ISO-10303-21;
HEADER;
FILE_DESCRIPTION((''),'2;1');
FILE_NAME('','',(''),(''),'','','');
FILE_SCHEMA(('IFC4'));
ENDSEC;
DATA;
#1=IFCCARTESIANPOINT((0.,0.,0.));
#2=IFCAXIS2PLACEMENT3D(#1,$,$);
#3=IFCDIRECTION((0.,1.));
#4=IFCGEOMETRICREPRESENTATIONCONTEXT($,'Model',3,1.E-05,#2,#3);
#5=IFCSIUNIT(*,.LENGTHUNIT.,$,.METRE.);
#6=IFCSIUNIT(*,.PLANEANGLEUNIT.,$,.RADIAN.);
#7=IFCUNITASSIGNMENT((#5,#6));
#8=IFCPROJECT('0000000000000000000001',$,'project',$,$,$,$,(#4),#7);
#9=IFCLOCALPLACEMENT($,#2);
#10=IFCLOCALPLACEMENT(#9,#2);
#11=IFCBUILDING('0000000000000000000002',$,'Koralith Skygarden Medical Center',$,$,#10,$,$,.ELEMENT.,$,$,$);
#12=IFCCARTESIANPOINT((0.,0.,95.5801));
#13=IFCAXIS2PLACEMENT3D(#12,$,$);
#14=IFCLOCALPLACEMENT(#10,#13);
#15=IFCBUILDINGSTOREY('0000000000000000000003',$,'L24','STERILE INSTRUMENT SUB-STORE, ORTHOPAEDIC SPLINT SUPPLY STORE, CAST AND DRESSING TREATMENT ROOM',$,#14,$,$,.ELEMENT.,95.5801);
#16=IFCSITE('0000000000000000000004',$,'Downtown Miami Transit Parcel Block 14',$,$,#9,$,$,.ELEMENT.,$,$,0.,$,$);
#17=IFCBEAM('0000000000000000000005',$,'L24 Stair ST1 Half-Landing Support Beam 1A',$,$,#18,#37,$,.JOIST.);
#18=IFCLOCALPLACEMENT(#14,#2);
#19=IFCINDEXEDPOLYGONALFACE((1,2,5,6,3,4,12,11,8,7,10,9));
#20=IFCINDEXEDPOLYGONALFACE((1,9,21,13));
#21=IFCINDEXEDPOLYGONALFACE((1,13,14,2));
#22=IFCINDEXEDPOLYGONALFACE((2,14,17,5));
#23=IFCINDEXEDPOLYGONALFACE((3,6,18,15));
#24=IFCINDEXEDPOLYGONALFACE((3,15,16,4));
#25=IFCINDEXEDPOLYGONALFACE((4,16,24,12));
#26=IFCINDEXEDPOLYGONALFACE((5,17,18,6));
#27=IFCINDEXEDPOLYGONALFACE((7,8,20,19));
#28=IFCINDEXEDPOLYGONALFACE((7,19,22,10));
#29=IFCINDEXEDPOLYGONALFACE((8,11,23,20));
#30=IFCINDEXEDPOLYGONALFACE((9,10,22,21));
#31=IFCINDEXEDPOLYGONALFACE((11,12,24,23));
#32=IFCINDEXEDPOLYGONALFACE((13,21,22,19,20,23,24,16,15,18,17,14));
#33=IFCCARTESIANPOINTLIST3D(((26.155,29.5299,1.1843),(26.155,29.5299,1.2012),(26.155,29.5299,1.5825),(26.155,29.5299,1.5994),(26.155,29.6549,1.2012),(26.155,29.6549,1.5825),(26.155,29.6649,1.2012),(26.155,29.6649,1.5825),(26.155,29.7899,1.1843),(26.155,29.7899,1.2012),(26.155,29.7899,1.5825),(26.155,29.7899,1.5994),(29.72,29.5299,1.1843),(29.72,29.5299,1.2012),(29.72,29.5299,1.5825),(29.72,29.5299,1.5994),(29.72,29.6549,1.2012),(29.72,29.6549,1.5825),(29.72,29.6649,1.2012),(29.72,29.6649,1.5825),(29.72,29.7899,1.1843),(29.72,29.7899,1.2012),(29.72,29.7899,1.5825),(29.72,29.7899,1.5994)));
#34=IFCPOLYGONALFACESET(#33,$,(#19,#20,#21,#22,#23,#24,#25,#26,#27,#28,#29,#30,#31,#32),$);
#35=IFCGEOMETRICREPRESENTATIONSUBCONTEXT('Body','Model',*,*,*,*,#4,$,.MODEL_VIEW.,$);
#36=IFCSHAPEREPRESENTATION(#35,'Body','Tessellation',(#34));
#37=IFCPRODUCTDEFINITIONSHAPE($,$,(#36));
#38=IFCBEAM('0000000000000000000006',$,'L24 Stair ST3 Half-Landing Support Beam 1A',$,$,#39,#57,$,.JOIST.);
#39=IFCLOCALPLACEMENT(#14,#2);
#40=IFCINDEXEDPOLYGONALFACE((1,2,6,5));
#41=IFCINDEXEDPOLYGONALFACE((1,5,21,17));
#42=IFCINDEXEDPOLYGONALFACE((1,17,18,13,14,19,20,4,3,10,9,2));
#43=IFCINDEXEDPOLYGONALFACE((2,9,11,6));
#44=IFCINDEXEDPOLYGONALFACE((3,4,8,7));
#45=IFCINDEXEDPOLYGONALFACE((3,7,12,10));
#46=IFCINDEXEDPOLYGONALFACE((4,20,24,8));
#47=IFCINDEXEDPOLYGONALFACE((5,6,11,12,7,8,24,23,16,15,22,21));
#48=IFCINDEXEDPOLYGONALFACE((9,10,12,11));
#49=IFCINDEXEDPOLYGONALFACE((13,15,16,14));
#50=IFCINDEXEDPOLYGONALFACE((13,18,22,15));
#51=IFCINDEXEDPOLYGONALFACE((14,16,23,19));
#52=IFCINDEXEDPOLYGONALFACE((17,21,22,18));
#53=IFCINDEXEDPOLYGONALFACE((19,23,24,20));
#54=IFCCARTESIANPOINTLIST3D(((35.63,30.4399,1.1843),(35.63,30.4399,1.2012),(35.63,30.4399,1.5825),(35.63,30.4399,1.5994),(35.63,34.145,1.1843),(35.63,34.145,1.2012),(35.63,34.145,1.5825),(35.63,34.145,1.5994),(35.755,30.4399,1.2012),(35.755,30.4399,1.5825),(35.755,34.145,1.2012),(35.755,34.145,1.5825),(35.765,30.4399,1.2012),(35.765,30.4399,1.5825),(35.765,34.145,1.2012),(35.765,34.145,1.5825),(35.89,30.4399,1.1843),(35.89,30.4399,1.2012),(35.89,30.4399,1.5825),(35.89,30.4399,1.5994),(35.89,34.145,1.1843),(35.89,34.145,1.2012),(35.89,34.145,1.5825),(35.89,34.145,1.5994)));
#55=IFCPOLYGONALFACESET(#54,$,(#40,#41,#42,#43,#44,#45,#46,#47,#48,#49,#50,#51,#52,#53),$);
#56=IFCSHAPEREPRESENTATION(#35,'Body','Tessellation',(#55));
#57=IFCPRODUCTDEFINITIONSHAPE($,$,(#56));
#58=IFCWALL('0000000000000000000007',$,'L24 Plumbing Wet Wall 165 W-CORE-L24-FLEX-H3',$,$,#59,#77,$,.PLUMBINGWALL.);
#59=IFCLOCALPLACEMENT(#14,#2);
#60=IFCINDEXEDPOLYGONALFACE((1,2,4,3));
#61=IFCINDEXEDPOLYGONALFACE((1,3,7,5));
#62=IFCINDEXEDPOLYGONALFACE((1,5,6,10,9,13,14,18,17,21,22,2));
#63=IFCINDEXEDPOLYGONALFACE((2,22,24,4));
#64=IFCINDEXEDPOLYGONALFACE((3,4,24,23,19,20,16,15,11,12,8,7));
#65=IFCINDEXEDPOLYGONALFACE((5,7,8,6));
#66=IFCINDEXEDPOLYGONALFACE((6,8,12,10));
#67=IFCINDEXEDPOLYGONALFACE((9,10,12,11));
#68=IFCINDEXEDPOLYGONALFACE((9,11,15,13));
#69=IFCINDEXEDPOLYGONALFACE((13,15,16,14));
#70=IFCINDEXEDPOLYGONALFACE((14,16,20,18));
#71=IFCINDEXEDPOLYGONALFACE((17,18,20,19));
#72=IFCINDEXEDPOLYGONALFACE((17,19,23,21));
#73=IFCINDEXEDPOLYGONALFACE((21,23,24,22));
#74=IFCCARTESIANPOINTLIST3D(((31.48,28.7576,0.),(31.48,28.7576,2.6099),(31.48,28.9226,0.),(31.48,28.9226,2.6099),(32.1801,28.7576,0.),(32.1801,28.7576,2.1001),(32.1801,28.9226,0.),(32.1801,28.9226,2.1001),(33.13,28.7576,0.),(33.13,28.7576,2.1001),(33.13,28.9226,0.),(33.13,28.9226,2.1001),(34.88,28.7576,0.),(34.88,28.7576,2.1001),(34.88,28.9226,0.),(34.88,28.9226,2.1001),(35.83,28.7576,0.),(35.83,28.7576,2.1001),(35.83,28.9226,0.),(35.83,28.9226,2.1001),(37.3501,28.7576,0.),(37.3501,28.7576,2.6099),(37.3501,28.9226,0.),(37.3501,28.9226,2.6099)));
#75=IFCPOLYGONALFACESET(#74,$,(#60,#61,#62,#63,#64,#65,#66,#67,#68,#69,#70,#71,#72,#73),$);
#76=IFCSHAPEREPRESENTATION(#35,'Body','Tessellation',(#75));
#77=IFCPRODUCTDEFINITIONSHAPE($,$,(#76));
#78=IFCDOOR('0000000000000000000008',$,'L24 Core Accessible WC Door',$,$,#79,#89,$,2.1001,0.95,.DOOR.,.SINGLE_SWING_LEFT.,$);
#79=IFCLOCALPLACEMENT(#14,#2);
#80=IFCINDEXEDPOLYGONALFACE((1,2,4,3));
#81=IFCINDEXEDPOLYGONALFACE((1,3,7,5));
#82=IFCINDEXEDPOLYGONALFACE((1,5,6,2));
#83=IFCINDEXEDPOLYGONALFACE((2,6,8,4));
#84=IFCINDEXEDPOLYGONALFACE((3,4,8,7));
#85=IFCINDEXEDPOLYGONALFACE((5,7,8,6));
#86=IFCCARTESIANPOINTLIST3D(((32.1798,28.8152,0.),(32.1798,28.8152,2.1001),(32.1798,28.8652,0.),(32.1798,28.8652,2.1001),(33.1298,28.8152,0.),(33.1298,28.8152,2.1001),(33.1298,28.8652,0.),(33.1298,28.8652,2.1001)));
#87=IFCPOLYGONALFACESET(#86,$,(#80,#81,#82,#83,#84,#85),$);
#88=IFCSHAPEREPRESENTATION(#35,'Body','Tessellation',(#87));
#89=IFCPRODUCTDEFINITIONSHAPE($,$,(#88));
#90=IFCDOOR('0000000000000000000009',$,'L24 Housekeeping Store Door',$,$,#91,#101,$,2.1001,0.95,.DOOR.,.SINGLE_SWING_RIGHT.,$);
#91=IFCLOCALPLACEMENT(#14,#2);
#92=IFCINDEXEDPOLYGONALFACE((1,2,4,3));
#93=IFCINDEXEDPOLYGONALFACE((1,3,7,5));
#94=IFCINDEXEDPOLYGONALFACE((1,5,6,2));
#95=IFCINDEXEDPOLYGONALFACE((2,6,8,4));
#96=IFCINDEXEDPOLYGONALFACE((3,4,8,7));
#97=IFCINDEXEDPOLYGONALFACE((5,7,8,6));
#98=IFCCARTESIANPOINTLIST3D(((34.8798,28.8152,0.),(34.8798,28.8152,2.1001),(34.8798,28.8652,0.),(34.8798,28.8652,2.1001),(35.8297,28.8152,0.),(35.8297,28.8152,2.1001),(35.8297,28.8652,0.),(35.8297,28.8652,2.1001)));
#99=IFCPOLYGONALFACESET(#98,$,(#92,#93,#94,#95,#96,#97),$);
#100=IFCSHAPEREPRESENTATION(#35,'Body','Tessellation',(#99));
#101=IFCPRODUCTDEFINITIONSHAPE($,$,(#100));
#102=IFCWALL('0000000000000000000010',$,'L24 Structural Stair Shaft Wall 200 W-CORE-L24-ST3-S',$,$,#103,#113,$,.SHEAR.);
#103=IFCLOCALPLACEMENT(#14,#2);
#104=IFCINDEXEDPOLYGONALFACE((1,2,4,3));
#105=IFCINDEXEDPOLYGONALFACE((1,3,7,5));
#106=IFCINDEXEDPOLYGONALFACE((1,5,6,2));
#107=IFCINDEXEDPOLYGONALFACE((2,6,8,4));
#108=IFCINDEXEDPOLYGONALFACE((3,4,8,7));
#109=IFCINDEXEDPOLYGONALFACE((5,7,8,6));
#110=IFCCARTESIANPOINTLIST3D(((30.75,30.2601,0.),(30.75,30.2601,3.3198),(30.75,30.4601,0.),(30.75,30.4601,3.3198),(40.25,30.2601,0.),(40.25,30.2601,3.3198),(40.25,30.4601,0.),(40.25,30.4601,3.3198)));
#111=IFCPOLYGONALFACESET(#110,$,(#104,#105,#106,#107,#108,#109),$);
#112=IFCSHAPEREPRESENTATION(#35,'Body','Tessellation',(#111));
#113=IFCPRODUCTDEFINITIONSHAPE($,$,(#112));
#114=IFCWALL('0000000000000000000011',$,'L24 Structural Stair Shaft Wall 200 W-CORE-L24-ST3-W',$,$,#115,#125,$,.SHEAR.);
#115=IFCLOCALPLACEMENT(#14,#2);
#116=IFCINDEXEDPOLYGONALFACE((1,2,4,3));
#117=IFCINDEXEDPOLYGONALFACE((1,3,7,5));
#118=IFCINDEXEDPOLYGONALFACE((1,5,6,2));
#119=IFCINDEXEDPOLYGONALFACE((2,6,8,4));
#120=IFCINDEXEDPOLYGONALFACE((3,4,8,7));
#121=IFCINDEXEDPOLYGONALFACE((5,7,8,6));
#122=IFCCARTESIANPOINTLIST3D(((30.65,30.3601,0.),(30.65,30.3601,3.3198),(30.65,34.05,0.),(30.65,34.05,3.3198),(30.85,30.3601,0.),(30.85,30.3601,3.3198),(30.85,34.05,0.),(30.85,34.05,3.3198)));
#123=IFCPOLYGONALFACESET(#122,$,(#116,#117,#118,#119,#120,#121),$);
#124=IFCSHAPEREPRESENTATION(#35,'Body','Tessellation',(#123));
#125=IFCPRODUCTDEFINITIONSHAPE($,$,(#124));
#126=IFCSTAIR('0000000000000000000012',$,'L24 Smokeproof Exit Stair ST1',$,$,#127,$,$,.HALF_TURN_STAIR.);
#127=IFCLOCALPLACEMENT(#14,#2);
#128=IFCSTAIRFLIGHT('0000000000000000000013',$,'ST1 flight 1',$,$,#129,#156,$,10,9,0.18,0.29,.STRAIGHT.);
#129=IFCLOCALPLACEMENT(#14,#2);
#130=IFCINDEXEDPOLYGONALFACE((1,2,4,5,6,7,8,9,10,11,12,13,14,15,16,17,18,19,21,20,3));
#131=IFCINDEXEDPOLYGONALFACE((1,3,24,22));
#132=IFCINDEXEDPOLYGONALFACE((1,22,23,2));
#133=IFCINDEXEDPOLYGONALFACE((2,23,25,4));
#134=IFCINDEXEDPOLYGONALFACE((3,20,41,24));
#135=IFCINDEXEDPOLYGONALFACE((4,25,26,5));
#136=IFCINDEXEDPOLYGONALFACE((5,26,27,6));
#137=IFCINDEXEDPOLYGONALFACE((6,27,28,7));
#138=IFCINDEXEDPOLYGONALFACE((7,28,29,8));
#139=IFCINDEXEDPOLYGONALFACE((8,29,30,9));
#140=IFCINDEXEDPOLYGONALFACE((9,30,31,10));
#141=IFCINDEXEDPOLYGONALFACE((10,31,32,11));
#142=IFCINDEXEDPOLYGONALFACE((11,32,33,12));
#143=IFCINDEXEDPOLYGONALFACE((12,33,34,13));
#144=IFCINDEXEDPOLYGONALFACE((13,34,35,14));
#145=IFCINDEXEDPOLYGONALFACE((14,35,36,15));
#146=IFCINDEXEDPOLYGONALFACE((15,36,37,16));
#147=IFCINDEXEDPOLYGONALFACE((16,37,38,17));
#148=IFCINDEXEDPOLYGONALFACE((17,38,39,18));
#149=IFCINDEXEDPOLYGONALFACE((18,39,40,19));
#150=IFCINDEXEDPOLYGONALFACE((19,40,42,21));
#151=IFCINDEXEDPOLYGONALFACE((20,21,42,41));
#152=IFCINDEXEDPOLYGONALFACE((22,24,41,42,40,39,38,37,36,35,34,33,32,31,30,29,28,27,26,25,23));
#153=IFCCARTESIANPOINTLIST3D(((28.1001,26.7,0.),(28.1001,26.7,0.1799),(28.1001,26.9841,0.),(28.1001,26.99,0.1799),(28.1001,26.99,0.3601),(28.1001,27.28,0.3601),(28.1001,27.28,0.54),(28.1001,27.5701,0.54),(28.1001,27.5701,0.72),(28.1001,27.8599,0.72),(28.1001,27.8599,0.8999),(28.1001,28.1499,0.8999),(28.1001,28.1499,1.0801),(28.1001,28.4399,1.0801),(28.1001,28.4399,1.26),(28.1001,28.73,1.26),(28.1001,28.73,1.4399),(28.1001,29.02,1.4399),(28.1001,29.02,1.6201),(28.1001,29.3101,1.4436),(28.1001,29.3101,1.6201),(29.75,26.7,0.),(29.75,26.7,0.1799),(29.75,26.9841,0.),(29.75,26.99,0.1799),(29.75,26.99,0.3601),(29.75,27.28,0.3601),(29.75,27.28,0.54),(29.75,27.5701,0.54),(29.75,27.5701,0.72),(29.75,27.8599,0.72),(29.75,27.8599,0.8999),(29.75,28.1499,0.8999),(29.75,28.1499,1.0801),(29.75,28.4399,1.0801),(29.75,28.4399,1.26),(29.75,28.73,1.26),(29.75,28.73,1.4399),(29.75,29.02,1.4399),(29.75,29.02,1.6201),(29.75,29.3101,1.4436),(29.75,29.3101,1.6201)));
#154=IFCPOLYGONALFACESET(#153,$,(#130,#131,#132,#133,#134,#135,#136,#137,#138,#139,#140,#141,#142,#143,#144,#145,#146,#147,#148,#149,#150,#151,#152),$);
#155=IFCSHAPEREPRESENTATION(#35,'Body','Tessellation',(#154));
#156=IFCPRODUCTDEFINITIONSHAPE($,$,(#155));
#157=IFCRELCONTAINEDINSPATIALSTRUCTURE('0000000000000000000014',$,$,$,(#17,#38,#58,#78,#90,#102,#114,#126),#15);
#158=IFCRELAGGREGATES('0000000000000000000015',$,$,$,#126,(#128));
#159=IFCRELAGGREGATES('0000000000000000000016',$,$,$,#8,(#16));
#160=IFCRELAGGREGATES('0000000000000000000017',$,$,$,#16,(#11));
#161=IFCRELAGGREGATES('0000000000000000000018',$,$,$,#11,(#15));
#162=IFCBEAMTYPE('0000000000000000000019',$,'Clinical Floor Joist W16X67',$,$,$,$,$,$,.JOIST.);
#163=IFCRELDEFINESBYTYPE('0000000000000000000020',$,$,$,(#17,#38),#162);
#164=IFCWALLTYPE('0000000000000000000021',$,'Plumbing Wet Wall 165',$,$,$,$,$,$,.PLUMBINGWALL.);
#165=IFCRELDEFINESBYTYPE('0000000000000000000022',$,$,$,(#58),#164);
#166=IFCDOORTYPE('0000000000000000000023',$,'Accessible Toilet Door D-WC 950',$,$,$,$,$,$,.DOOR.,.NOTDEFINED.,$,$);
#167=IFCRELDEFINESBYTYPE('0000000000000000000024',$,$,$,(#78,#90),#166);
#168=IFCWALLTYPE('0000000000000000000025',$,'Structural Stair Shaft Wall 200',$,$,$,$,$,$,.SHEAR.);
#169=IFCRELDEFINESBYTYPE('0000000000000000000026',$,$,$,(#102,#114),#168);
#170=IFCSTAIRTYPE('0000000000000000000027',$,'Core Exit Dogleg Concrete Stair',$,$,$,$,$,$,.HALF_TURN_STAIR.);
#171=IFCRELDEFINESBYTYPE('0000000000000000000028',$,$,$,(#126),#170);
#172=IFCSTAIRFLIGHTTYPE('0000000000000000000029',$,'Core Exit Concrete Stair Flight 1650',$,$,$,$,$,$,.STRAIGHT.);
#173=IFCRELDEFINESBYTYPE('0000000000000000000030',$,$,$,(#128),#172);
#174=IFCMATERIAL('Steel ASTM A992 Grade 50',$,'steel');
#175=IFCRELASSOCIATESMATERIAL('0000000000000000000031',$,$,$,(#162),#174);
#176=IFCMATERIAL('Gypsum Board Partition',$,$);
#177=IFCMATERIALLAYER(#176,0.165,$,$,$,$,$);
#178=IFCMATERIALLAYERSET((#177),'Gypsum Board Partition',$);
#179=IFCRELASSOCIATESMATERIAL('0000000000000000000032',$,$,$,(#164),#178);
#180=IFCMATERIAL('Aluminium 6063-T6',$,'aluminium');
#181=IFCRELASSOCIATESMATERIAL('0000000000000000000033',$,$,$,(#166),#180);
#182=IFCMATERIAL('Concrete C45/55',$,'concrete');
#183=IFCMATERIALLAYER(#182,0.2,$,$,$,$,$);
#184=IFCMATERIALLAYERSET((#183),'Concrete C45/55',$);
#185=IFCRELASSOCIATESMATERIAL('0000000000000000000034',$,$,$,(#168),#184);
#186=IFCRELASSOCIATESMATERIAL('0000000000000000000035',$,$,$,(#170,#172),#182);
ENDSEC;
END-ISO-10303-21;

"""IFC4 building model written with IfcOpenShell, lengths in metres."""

from ifc_helpers import new_model, si_unit, direction, frame, frame_2d, origin, origin_2d, place, context, subcontext, project, spatial, polyline, rectangle, i_section, outline, extrude, material, layer, layer_set, material_profile, profile_set, type_object, element, fill, aggregate, save


model = new_model("IFC4")

# Units and contexts
model_context = context("Model", 3, precision=1e-05, world=origin(), true_north=direction((0.0, 1.0)))
body_context = subcontext(model_context, "Body", "Model", "MODEL_VIEW")
ifc_project = project(units=[si_unit("LENGTHUNIT", "METRE"), si_unit("PLANEANGLEUNIT", "RADIAN")], contexts=[model_context])

# Site, building, storey
site_placement = place(None, origin())
site = spatial("IfcSite", under=ifc_project, at=site_placement, Name="Downtown Miami Transit Parcel Block 14", CompositionType="ELEMENT", RefElevation=0.0)
building_placement = place(site_placement, origin())
building = spatial("IfcBuilding", under=site, at=building_placement, Name="Koralith Skygarden Medical Center", CompositionType="ELEMENT")
storey_placement = place(building_placement, frame((0.0, 0.0, 95.5801)))
storey = spatial("IfcBuildingStorey", under=building, at=storey_placement, Name="L24", Description="STERILE INSTRUMENT SUB-STORE, ORTHOPAEDIC SPLINT SUPPLY STORE, CAST AND DRESSING TREATMENT ROOM", CompositionType="ELEMENT", Elevation=95.5801)

# Beams
ifc_material_1 = material(Name="Steel ASTM A992 Grade 50", Category="steel")
ifc_material_profile = material_profile(ifc_material_1, i_section(OverallWidth=0.26, OverallDepth=0.415, WebThickness=0.01, FlangeThickness=0.0168, at=origin_2d()), Name="W16X67")
ifc_profile_set = profile_set([ifc_material_profile], Name="Steel ASTM A992 Grade 50")
beam_type = type_object("IfcBeamType", Name="Clinical Floor Joist W16X67", PredefinedType="JOIST", material=ifc_profile_set)
beam_1_placement = place(storey_placement, frame((26.155, 29.6599, 1.3918), z_axis=(1.0, 0.0, 0.0), x_axis=(0.0, 1.0, 0.0)))
element("IfcBeam", 1, at=beam_1_placement, inside=storey, type_object=beam_type, Name="L24 Stair ST1 Half-Landing Support Beam 1A", PredefinedType="JOIST", context=body_context, shape_type="SweptSolid", body=[
    extrude(i_section(OverallWidth=0.26, OverallDepth=0.415, WebThickness=0.01, FlangeThickness=0.0168, at=origin_2d()), origin(), (0.0, 0.0, 1.0), 3.5649),
])
beam_2_placement = place(storey_placement, frame((35.76, 30.4399, 1.3918), z_axis=(0.0, 1.0, 0.0), x_axis=(-1.0, 0.0, 0.0)))
element("IfcBeam", 2, at=beam_2_placement, inside=storey, type_object=beam_type, Name="L24 Stair ST3 Half-Landing Support Beam 1A", PredefinedType="JOIST", context=body_context, shape_type="SweptSolid", body=[
    extrude(i_section(OverallWidth=0.26, OverallDepth=0.415, WebThickness=0.01, FlangeThickness=0.0168, at=origin_2d()), origin(), (0.0, 0.0, 1.0), 3.7051),
])

# Wall, openings, doors
ifc_material_2 = material(Name="Gypsum Board Partition")
ifc_layer_1 = layer(ifc_material_2, 0.165)
ifc_layer_set_1 = layer_set([ifc_layer_1], Name="Gypsum Board Partition")
wall_type_1 = type_object("IfcWallType", Name="Plumbing Wet Wall 165", PredefinedType="PLUMBINGWALL", material=ifc_layer_set_1)
wall_1_placement = place(storey_placement, frame((31.48, 28.8401, 0.0), z_axis=(0.0, 0.0, 1.0), x_axis=(1.0, 0.0, 0.0)))
wall_1 = element("IfcWall", 3, at=wall_1_placement, inside=storey, type_object=wall_type_1, Name="L24 Plumbing Wet Wall 165 W-CORE-L24-FLEX-H3", PredefinedType="PLUMBINGWALL", context=body_context, shape_type="SweptSolid", body=[
    extrude(rectangle(XDim=5.8701, YDim=0.165, at=frame_2d((2.9351, 0.0))), origin(), (0.0, 0.0, 1.0), 2.6099),
])
opening_1_placement = place(wall_1_placement, frame((0.7, 0.0, 0.0)))
opening_1 = element("IfcOpeningElement", 4, at=opening_1_placement, cuts=wall_1, PredefinedType="OPENING", context=body_context, shape_type="SweptSolid", body=[
    extrude(rectangle(XDim=0.95, YDim=2.1001, at=frame_2d((0.4751, 1.05))), frame((0.0, 0.0925, 0.0), z_axis=(0.0, -1.0, 0.0), x_axis=(1.0, 0.0, 0.0)), (0.0, 0.0, 1.0), 0.1851),
])
opening_2_placement = place(wall_1_placement, frame((3.3999, 0.0, 0.0)))
opening_2 = element("IfcOpeningElement", 5, at=opening_2_placement, cuts=wall_1, PredefinedType="OPENING", context=body_context, shape_type="SweptSolid", body=[
    extrude(rectangle(XDim=0.95, YDim=2.1001, at=frame_2d((0.4751, 1.05))), frame((0.0, 0.0925, 0.0), z_axis=(0.0, -1.0, 0.0), x_axis=(1.0, 0.0, 0.0)), (0.0, 0.0, 1.0), 0.1851),
])
ifc_material_3 = material(Name="Aluminium 6063-T6", Category="aluminium")
door_type = type_object("IfcDoorType", Name="Accessible Toilet Door D-WC 950", OperationType="NOTDEFINED", PredefinedType="DOOR", material=ifc_material_3)
door_1_placement = place(opening_1_placement, frame((0.95, 0.0, 0.0), z_axis=(0.0, 0.0, 1.0), x_axis=(-1.0, 0.0, 0.0)))
door_1 = element("IfcDoor", 6, at=door_1_placement, inside=storey, type_object=door_type, Name="L24 Core Accessible WC Door", OperationType="SINGLE_SWING_LEFT", OverallHeight=2.1001, OverallWidth=0.95, PredefinedType="DOOR", context=body_context, shape_type="SweptSolid", body=[
    extrude(rectangle(XDim=0.95, YDim=2.1001, at=frame_2d((0.4751, 1.05))), frame((0.0, 0.0249, 0.0), z_axis=(0.0, -1.0, 0.0), x_axis=(1.0, 0.0, 0.0)), (0.0, 0.0, 1.0), 0.05),
])
fill(opening_1, door_1)
door_2_placement = place(opening_2_placement, frame((0.95, 0.0, 0.0), z_axis=(0.0, 0.0, 1.0), x_axis=(-1.0, 0.0, 0.0)))
door_2 = element("IfcDoor", 7, at=door_2_placement, inside=storey, type_object=door_type, Name="L24 Housekeeping Store Door", OperationType="SINGLE_SWING_RIGHT", OverallHeight=2.1001, OverallWidth=0.95, PredefinedType="DOOR", context=body_context, shape_type="SweptSolid", body=[
    extrude(rectangle(XDim=0.95, YDim=2.1001, at=frame_2d((0.4751, 1.05))), frame((0.0, 0.0249, 0.0), z_axis=(0.0, -1.0, 0.0), x_axis=(1.0, 0.0, 0.0)), (0.0, 0.0, 1.0), 0.05),
])
fill(opening_2, door_2)

# Walls
ifc_material_4 = material(Name="Concrete C45/55", Category="concrete")
ifc_layer_2 = layer(ifc_material_4, 0.2)
ifc_layer_set_2 = layer_set([ifc_layer_2], Name="Concrete C45/55")
wall_type_2 = type_object("IfcWallType", Name="Structural Stair Shaft Wall 200", PredefinedType="SHEAR", material=ifc_layer_set_2)
wall_2_placement = place(storey_placement, frame((30.75, 30.3601, 0.0), z_axis=(0.0, 0.0, 1.0), x_axis=(1.0, 0.0, 0.0)))
element("IfcWall", 8, at=wall_2_placement, inside=storey, type_object=wall_type_2, Name="L24 Structural Stair Shaft Wall 200 W-CORE-L24-ST3-S", PredefinedType="SHEAR", context=body_context, shape_type="SweptSolid", body=[
    extrude(rectangle(XDim=9.5, YDim=0.2, at=frame_2d((4.75, 0.0))), origin(), (0.0, 0.0, 1.0), 3.3198),
])
wall_3_placement = place(storey_placement, frame((30.75, 30.3601, 0.0), z_axis=(0.0, 0.0, 1.0), x_axis=(0.0, 1.0, 0.0)))
element("IfcWall", 9, at=wall_3_placement, inside=storey, type_object=wall_type_2, Name="L24 Structural Stair Shaft Wall 200 W-CORE-L24-ST3-W", PredefinedType="SHEAR", context=body_context, shape_type="SweptSolid", body=[
    extrude(rectangle(XDim=3.6899, YDim=0.2, at=frame_2d((1.845, 0.0))), origin(), (0.0, 0.0, 1.0), 3.3198),
])

# Stair, stair flight
stair_type = type_object("IfcStairType", Name="Core Exit Dogleg Concrete Stair", PredefinedType="HALF_TURN_STAIR", material=ifc_material_4)
stair_1_placement = place(storey_placement, origin())
stair_1 = element("IfcStair", 10, at=stair_1_placement, inside=storey, type_object=stair_type, Name="L24 Smokeproof Exit Stair ST1", PredefinedType="HALF_TURN_STAIR")
stair_flight_type = type_object("IfcStairFlightType", Name="Core Exit Concrete Stair Flight 1650", PredefinedType="STRAIGHT", material=ifc_material_4)
stair_flight_1_placement = place(storey_placement, frame((28.925, 26.7, 0.0), z_axis=(0.0, 0.0, 1.0), x_axis=(0.0, 1.0, 0.0)))
stair_flight_1 = element("IfcStairFlight", 11, at=stair_flight_1_placement, type_object=stair_flight_type, Name="ST1 flight 1", NumberOfRisers=10, NumberOfTreads=9, PredefinedType="STRAIGHT", RiserHeight=0.18, TreadLength=0.29, context=body_context, shape_type="SweptSolid", body=[
    extrude(outline(polyline([(0.0, 0.0), (0.0, 0.1799), (0.29, 0.1799), (0.29, 0.3601), (0.5801, 0.3601), (0.5801, 0.54), (0.8701, 0.54), (0.8701, 0.72), (1.1599, 0.72), (1.1599, 0.8999), (1.45, 0.8999), (1.45, 1.0801), (1.74, 1.0801), (1.74, 1.26), (2.03, 1.26), (2.03, 1.4399), (2.3201, 1.4399), (2.3201, 1.6201), (2.6101, 1.6201), (2.6101, 1.8), (2.6101, 1.4436), (0.2842, 0.0), (0.0, 0.0)])), frame((0.0, 0.825, 0.0), z_axis=(0.0, -1.0, 0.0), x_axis=(1.0, 0.0, 0.0)), (0.0, 0.0, 1.0), 1.6499),
])
aggregate(stair_1, [stair_flight_1])

save(model, "model.ifc")
